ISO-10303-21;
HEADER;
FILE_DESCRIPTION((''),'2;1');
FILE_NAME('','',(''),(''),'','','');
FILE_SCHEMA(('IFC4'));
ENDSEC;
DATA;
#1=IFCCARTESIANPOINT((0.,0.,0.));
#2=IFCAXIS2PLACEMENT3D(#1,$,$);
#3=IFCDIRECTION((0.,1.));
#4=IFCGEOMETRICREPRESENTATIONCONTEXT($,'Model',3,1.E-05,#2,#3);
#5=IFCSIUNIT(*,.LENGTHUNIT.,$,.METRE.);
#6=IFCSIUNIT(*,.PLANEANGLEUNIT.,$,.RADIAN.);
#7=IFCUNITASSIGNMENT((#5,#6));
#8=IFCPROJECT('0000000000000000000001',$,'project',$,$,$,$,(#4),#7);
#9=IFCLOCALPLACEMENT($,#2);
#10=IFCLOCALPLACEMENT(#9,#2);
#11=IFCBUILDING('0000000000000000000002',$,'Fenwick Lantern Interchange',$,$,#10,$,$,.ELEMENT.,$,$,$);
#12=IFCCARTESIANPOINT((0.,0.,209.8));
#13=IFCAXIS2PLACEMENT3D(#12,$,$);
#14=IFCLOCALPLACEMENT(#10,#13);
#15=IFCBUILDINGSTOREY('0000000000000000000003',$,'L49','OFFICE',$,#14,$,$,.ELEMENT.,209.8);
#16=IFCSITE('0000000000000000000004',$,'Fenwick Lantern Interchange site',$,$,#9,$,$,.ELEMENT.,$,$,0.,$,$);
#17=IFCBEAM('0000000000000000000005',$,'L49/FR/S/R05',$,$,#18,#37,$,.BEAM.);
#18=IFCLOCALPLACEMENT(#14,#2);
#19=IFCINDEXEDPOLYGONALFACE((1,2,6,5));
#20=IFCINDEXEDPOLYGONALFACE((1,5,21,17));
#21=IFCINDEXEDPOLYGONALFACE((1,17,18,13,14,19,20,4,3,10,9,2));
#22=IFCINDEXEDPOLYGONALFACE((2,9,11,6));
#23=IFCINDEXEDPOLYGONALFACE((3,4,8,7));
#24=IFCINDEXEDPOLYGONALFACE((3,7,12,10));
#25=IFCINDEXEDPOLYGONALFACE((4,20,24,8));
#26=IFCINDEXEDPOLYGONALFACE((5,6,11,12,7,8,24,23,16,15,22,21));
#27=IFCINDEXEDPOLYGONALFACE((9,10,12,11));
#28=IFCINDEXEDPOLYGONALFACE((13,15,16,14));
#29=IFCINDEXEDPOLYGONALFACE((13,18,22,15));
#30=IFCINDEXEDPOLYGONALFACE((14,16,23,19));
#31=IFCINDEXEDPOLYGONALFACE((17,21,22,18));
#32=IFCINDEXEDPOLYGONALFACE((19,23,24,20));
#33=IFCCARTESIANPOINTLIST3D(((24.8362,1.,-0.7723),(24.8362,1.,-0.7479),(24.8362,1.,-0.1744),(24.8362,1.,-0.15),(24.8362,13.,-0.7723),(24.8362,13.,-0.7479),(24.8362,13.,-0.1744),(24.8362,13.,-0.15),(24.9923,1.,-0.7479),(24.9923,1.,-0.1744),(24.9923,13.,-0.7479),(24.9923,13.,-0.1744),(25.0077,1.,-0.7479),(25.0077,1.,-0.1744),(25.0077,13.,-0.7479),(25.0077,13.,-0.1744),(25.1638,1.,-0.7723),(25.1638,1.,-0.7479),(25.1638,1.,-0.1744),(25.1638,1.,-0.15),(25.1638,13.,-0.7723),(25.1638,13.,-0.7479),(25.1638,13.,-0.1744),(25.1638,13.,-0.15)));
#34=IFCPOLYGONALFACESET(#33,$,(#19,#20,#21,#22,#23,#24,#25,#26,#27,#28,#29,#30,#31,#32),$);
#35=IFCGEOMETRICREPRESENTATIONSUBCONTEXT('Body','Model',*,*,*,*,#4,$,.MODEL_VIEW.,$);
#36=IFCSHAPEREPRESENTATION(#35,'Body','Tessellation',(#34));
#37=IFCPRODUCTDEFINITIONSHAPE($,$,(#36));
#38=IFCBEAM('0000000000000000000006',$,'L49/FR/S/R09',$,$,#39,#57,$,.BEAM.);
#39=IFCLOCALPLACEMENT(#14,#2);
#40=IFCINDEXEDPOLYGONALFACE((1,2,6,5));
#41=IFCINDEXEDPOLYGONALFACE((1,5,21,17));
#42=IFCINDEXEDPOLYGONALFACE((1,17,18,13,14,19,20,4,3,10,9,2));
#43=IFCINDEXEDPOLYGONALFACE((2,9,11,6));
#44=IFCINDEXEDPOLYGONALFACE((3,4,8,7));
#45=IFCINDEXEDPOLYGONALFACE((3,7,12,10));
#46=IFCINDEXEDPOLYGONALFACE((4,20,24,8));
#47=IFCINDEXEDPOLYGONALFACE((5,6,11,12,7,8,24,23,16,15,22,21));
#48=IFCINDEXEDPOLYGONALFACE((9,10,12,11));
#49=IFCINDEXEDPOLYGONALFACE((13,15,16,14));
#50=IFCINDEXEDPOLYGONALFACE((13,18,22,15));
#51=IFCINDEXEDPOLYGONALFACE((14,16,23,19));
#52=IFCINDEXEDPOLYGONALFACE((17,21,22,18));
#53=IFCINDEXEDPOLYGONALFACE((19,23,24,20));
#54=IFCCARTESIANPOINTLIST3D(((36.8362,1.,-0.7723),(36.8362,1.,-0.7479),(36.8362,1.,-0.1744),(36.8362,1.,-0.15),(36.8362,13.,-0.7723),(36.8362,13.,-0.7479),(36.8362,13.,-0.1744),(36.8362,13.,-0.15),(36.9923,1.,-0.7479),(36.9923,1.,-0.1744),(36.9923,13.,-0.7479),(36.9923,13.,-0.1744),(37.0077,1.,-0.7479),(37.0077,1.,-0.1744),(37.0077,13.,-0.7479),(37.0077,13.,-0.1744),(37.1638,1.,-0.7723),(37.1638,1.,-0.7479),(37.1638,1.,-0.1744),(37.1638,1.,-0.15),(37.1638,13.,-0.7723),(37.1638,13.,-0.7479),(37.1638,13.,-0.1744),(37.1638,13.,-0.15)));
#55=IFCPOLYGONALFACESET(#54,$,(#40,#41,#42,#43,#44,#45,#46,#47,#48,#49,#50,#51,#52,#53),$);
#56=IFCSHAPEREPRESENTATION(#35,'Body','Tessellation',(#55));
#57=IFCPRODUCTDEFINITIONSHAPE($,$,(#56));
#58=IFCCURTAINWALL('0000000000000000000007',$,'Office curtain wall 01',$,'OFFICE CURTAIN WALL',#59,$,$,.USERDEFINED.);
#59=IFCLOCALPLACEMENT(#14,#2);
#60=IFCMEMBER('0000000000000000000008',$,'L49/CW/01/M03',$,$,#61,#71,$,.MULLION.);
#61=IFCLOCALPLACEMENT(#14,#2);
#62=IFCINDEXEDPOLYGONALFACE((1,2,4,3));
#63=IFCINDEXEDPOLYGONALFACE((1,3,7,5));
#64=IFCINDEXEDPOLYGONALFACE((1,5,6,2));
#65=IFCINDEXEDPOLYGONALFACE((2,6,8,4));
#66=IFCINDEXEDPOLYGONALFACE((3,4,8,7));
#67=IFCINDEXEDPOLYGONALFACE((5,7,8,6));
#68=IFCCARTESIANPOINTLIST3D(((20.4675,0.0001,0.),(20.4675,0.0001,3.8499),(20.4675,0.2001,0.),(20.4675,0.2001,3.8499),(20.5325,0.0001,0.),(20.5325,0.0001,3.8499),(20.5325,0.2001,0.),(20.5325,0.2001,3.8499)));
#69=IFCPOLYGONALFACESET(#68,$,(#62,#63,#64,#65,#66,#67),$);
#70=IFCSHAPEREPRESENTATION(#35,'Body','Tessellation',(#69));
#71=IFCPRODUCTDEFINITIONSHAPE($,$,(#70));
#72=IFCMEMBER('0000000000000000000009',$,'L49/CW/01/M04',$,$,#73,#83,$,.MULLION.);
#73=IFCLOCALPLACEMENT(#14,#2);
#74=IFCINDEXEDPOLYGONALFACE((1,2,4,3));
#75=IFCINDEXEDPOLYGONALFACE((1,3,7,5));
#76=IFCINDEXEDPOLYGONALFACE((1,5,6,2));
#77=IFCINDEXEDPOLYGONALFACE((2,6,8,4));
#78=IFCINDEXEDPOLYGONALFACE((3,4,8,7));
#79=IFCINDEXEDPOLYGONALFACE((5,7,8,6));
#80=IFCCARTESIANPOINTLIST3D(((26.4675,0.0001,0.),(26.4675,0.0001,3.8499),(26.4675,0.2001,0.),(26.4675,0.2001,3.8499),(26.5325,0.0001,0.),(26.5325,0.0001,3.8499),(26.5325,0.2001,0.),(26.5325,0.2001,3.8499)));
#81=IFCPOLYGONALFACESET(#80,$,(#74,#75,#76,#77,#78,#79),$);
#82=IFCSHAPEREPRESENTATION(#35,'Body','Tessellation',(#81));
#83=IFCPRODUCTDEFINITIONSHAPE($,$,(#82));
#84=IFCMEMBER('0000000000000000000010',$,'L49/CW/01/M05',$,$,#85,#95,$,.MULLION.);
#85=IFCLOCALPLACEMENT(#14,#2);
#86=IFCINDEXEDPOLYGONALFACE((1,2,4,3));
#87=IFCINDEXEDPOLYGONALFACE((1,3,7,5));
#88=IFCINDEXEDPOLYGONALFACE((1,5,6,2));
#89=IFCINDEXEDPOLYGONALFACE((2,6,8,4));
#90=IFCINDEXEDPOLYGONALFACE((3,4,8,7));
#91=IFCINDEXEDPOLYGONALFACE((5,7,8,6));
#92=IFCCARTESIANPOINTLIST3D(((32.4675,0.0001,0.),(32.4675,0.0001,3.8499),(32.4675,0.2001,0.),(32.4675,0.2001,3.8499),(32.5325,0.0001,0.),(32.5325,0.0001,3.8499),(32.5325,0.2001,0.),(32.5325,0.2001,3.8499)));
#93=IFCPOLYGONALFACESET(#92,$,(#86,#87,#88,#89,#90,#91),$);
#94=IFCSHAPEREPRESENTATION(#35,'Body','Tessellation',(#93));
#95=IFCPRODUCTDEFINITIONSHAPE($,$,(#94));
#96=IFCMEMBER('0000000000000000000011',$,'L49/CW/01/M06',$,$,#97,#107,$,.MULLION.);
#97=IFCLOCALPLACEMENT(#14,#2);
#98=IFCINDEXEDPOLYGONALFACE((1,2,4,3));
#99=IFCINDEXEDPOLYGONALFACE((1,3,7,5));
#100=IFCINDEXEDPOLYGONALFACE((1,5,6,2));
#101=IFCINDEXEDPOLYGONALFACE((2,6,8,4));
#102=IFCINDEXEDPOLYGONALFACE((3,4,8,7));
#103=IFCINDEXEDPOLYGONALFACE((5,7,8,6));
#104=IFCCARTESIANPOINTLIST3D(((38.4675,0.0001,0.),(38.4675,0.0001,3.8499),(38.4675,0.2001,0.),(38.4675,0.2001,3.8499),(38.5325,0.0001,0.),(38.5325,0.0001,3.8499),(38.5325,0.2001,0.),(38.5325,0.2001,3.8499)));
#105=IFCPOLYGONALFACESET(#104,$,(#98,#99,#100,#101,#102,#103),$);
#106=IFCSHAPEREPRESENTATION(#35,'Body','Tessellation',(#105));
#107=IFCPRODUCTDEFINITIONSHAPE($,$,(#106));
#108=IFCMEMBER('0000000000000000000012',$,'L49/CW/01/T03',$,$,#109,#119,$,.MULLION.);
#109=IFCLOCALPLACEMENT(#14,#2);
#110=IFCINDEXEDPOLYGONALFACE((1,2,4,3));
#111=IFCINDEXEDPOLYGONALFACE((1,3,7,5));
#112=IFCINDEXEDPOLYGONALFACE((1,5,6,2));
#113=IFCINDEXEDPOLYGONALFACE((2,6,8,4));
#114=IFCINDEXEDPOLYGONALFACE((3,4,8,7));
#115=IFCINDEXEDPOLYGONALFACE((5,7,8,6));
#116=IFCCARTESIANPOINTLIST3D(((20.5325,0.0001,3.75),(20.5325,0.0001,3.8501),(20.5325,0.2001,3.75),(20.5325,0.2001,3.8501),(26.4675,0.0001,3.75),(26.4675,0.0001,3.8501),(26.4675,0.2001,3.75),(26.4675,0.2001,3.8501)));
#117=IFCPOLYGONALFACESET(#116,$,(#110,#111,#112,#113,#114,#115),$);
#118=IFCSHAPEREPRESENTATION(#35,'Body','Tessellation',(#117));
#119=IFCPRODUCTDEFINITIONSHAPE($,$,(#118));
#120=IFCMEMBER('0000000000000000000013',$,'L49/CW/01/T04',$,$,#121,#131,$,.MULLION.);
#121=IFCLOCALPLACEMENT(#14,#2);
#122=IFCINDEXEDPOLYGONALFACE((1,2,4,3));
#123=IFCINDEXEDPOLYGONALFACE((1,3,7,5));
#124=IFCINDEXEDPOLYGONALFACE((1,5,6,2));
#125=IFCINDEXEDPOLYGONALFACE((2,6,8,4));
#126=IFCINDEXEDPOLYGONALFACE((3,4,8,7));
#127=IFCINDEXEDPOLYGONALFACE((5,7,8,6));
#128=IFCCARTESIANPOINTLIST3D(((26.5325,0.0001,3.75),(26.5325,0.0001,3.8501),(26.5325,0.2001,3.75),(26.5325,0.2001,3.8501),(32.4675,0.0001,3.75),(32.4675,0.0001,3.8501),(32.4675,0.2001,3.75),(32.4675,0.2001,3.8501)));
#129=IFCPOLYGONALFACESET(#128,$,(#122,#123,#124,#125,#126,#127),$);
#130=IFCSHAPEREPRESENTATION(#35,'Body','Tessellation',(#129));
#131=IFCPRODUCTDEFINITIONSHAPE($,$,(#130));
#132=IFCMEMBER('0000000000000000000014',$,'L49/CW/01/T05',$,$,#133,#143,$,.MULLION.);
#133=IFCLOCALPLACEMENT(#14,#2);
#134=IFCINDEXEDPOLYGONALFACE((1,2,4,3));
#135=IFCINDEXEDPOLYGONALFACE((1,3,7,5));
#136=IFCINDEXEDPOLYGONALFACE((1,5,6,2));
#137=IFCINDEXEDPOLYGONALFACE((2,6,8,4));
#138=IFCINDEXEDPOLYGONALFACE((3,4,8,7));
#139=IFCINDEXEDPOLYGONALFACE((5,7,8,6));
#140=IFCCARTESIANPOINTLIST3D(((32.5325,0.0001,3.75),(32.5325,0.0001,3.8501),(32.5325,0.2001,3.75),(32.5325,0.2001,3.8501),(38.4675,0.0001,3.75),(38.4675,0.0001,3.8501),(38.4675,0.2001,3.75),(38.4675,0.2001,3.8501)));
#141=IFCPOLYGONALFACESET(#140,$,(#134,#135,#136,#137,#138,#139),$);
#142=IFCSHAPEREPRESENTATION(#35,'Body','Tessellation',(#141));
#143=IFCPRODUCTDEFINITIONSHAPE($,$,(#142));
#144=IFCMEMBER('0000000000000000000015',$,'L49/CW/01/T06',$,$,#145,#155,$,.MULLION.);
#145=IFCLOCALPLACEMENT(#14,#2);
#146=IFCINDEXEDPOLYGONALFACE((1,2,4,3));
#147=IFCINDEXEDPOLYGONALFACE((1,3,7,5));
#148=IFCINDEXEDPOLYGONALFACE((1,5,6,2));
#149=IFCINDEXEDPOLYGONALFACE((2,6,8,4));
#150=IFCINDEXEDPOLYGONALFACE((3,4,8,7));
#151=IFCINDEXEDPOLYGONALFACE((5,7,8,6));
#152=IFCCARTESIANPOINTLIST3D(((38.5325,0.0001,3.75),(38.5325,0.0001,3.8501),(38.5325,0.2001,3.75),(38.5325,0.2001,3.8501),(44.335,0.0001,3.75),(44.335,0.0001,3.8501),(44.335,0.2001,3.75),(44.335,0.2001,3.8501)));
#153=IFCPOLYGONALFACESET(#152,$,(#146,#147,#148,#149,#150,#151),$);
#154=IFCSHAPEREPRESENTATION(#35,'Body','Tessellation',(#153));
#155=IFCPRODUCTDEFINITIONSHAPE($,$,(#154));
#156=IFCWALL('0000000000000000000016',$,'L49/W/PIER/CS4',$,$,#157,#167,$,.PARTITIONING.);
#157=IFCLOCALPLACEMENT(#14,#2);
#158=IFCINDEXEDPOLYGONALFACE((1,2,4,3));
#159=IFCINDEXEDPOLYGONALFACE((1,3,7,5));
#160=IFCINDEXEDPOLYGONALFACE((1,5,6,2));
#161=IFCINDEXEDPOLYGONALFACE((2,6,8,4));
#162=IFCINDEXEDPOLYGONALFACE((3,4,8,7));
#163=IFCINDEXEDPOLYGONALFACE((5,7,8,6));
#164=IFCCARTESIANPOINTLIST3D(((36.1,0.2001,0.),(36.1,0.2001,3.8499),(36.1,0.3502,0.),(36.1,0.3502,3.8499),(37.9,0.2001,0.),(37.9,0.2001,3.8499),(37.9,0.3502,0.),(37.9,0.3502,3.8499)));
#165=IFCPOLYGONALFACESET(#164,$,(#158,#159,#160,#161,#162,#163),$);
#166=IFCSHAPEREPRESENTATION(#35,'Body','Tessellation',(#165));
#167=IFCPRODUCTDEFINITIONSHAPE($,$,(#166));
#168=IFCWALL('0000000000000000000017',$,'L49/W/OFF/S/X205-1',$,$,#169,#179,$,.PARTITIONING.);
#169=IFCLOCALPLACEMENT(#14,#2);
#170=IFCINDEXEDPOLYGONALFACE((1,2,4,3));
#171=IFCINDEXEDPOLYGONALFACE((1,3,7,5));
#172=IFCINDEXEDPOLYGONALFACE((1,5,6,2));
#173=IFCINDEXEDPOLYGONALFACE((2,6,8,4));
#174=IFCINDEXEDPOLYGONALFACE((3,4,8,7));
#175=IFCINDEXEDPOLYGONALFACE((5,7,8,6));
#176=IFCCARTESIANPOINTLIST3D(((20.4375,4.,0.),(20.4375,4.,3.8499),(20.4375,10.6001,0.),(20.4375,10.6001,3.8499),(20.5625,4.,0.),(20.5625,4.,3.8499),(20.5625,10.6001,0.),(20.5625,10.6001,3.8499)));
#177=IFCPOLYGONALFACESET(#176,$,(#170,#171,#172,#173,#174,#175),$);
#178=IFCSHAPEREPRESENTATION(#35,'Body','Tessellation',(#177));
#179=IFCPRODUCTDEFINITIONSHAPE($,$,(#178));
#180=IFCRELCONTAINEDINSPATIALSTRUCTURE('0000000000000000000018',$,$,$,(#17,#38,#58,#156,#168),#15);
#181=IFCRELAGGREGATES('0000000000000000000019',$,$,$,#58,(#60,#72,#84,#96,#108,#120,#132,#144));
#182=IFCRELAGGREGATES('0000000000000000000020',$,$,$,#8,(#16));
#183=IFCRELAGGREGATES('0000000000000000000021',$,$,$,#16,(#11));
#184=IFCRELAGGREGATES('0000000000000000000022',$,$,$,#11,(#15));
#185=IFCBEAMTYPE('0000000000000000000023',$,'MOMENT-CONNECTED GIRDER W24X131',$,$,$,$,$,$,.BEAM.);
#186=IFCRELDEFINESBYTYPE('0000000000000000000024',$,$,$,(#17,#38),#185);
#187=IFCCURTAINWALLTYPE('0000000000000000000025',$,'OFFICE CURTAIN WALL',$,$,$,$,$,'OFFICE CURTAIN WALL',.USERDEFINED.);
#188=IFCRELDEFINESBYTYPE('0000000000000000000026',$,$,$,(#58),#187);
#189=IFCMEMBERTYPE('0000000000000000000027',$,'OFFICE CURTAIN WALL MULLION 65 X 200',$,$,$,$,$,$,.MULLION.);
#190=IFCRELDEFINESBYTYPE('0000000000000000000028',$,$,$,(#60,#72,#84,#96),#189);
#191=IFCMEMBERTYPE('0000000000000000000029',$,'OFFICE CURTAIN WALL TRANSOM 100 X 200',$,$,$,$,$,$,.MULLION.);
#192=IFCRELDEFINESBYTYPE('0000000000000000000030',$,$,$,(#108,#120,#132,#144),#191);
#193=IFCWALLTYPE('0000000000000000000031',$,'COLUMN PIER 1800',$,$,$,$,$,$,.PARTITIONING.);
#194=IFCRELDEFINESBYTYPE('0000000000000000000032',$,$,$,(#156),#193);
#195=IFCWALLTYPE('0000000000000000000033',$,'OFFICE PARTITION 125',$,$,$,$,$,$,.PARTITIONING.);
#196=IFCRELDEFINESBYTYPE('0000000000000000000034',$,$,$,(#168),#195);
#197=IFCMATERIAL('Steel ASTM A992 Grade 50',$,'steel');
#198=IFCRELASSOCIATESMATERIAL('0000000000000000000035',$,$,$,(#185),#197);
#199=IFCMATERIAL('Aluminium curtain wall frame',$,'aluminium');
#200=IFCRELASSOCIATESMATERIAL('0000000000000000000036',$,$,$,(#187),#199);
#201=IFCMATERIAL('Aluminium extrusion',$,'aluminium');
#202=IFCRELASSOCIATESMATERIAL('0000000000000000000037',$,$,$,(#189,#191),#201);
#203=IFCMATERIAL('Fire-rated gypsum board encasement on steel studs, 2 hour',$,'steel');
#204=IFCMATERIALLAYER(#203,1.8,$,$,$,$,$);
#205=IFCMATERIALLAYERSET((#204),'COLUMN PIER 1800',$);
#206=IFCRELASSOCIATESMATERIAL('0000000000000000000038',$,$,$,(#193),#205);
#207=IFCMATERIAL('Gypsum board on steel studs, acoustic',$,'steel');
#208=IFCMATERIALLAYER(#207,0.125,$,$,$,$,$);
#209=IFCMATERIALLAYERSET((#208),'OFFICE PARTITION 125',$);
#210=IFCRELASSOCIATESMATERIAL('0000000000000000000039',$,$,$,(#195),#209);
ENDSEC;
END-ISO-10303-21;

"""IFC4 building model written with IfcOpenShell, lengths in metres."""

from ifc_helpers import new_model, si_unit, direction, frame, frame_2d, origin, origin_2d, place, context, subcontext, project, spatial, rectangle, i_section, extrude, material, layer, layer_set, material_profile, profile_set, type_object, element, aggregate, save


model = new_model("IFC4")

# Units and contexts
model_context = context("Model", 3, precision=1e-05, world=origin(), true_north=direction((0.0, 1.0)))
body_context = subcontext(model_context, "Body", "Model", "MODEL_VIEW")
ifc_project = project(units=[si_unit("LENGTHUNIT", "METRE"), si_unit("PLANEANGLEUNIT", "RADIAN")], contexts=[model_context])

# Site, building, storey
site_placement = place(None, origin())
site = spatial("IfcSite", under=ifc_project, at=site_placement, Name="Fenwick Lantern Interchange site", CompositionType="ELEMENT", RefElevation=0.0)
building_placement = place(site_placement, origin())
building = spatial("IfcBuilding", under=site, at=building_placement, Name="Fenwick Lantern Interchange", CompositionType="ELEMENT")
storey_placement = place(building_placement, frame((0.0, 0.0, 209.8)))
storey = spatial("IfcBuildingStorey", under=building, at=storey_placement, Name="L49", Description="OFFICE", CompositionType="ELEMENT", Elevation=209.8)

# Beams
ifc_material_1 = material(Name="Steel ASTM A992 Grade 50", Category="steel")
ifc_material_profile_1 = material_profile(ifc_material_1, i_section(OverallWidth=0.3276, OverallDepth=0.6223, WebThickness=0.0154, FlangeThickness=0.0244, at=origin_2d()), Name="W24X131")
ifc_profile_set_1 = profile_set([ifc_material_profile_1], Name="Steel ASTM A992 Grade 50")
beam_type_1 = type_object("IfcBeamType", Name="MOMENT-CONNECTED GIRDER W24X131", PredefinedType="BEAM", material=ifc_profile_set_1)
for number, where, z_axis, x_axis, name in (
    (1, (25.0, 1.0, -0.4612), (0.0, 1.0, 0.0), (-1.0, 0.0, 0.0), "L49/FR/S/R05"),
    (2, (37.0, 1.0, -0.4612), (0.0, 1.0, 0.0), (-1.0, 0.0, 0.0), "L49/FR/S/R09"),
):
    element("IfcBeam", number, at=place(storey_placement, frame(where, z_axis=z_axis, x_axis=x_axis)), inside=storey, type_object=beam_type_1, Name=name, PredefinedType="BEAM", context=body_context, shape_type="SweptSolid", body=[
        extrude(i_section(OverallWidth=0.3276, OverallDepth=0.6223, WebThickness=0.0154, FlangeThickness=0.0244, at=origin_2d()), origin(), (0.0, 0.0, 1.0), 12.0),
    ])

# Curtain wall, members
ifc_material_2 = material(Name="Aluminium curtain wall frame", Category="aluminium")
curtain_wall_type = type_object("IfcCurtainWallType", Name="OFFICE CURTAIN WALL", ElementType="OFFICE CURTAIN WALL", PredefinedType="USERDEFINED", material=ifc_material_2)
curtain_wall_placement = place(storey_placement, origin())
curtain_wall = element("IfcCurtainWall", 3, at=curtain_wall_placement, inside=storey, type_object=curtain_wall_type, Name="Office curtain wall 01", ObjectType="OFFICE CURTAIN WALL", PredefinedType="USERDEFINED")
ifc_material_3 = material(Name="Aluminium extrusion", Category="aluminium")
ifc_material_profile_2 = material_profile(ifc_material_3, rectangle(XDim=0.2, YDim=0.0649, at=origin_2d()), Name="OFFICE CURTAIN WALL MULLION 65 X 200")
ifc_profile_set_2 = profile_set([ifc_material_profile_2], Name="Aluminium extrusion")
member_type_1 = type_object("IfcMemberType", Name="OFFICE CURTAIN WALL MULLION 65 X 200", PredefinedType="MULLION", material=ifc_profile_set_2)
member_1_placement = place(storey_placement, frame((20.5, 0.1001, 0.0), z_axis=(0.0, 0.0, 1.0), x_axis=(0.0, 1.0, 0.0)))
member_1 = element("IfcMember", 4, at=member_1_placement, type_object=member_type_1, Name="L49/CW/01/M03", PredefinedType="MULLION", context=body_context, shape_type="SweptSolid", body=[
    extrude(rectangle(XDim=0.2, YDim=0.0649, at=origin_2d()), origin(), (0.0, 0.0, 1.0), 3.8499),
])
member_2_placement = place(storey_placement, frame((26.5, 0.1001, 0.0), z_axis=(0.0, 0.0, 1.0), x_axis=(0.0, 1.0, 0.0)))
member_2 = element("IfcMember", 5, at=member_2_placement, type_object=member_type_1, Name="L49/CW/01/M04", PredefinedType="MULLION", context=body_context, shape_type="SweptSolid", body=[
    extrude(rectangle(XDim=0.2, YDim=0.0649, at=origin_2d()), origin(), (0.0, 0.0, 1.0), 3.8499),
])
member_3_placement = place(storey_placement, frame((32.5, 0.1001, 0.0), z_axis=(0.0, 0.0, 1.0), x_axis=(0.0, 1.0, 0.0)))
member_3 = element("IfcMember", 6, at=member_3_placement, type_object=member_type_1, Name="L49/CW/01/M05", PredefinedType="MULLION", context=body_context, shape_type="SweptSolid", body=[
    extrude(rectangle(XDim=0.2, YDim=0.0649, at=origin_2d()), origin(), (0.0, 0.0, 1.0), 3.8499),
])
member_4_placement = place(storey_placement, frame((38.5, 0.1001, 0.0), z_axis=(0.0, 0.0, 1.0), x_axis=(0.0, 1.0, 0.0)))
member_4 = element("IfcMember", 7, at=member_4_placement, type_object=member_type_1, Name="L49/CW/01/M06", PredefinedType="MULLION", context=body_context, shape_type="SweptSolid", body=[
    extrude(rectangle(XDim=0.2, YDim=0.0649, at=origin_2d()), origin(), (0.0, 0.0, 1.0), 3.8499),
])
ifc_material_profile_3 = material_profile(ifc_material_3, rectangle(XDim=0.2, YDim=0.1001, at=origin_2d()), Name="OFFICE CURTAIN WALL TRANSOM 100 X 200")
ifc_profile_set_3 = profile_set([ifc_material_profile_3], Name="Aluminium extrusion")
member_type_2 = type_object("IfcMemberType", Name="OFFICE CURTAIN WALL TRANSOM 100 X 200", PredefinedType="MULLION", material=ifc_profile_set_3)
member_5_placement = place(storey_placement, frame((20.5325, 0.1001, 3.8), z_axis=(1.0, 0.0, 0.0), x_axis=(0.0, 1.0, 0.0)))
member_5 = element("IfcMember", 8, at=member_5_placement, type_object=member_type_2, Name="L49/CW/01/T03", PredefinedType="MULLION", context=body_context, shape_type="SweptSolid", body=[
    extrude(rectangle(XDim=0.2, YDim=0.1001, at=origin_2d()), origin(), (0.0, 0.0, 1.0), 5.9351),
])
member_6_placement = place(storey_placement, frame((26.5325, 0.1001, 3.8), z_axis=(1.0, 0.0, 0.0), x_axis=(0.0, 1.0, 0.0)))
member_6 = element("IfcMember", 9, at=member_6_placement, type_object=member_type_2, Name="L49/CW/01/T04", PredefinedType="MULLION", context=body_context, shape_type="SweptSolid", body=[
    extrude(rectangle(XDim=0.2, YDim=0.1001, at=origin_2d()), origin(), (0.0, 0.0, 1.0), 5.9351),
])
member_7_placement = place(storey_placement, frame((32.5325, 0.1001, 3.8), z_axis=(1.0, 0.0, 0.0), x_axis=(0.0, 1.0, 0.0)))
member_7 = element("IfcMember", 10, at=member_7_placement, type_object=member_type_2, Name="L49/CW/01/T05", PredefinedType="MULLION", context=body_context, shape_type="SweptSolid", body=[
    extrude(rectangle(XDim=0.2, YDim=0.1001, at=origin_2d()), origin(), (0.0, 0.0, 1.0), 5.9351),
])
member_8_placement = place(storey_placement, frame((38.5325, 0.1001, 3.8), z_axis=(1.0, 0.0, 0.0), x_axis=(0.0, 1.0, 0.0)))
member_8 = element("IfcMember", 11, at=member_8_placement, type_object=member_type_2, Name="L49/CW/01/T06", PredefinedType="MULLION", context=body_context, shape_type="SweptSolid", body=[
    extrude(rectangle(XDim=0.2, YDim=0.1001, at=origin_2d()), origin(), (0.0, 0.0, 1.0), 5.8025),
])
aggregate(curtain_wall, [member_1, member_2, member_3, member_4, member_5, member_6, member_7, member_8])

# Walls
ifc_material_4 = material(Name="Fire-rated gypsum board encasement on steel studs, 2 hour", Category="steel")
ifc_layer_1 = layer(ifc_material_4, 1.8)
ifc_layer_set_1 = layer_set([ifc_layer_1], Name="COLUMN PIER 1800")
wall_type_1 = type_object("IfcWallType", Name="COLUMN PIER 1800", PredefinedType="PARTITIONING", material=ifc_layer_set_1)
wall_1_placement = place(storey_placement, frame((37.0, 0.2, 0.0), z_axis=(0.0, 0.0, 1.0), x_axis=(0.0, 1.0, 0.0)))
element("IfcWall", 12, at=wall_1_placement, inside=storey, type_object=wall_type_1, Name="L49/W/PIER/CS4", PredefinedType="PARTITIONING", context=body_context, shape_type="SweptSolid", body=[
    extrude(rectangle(XDim=0.1501, YDim=1.8, at=frame_2d((0.0752, 0.0))), origin(), (0.0, 0.0, 1.0), 3.8499),
])
ifc_material_5 = material(Name="Gypsum board on steel studs, acoustic", Category="steel")
ifc_layer_2 = layer(ifc_material_5, 0.125)
ifc_layer_set_2 = layer_set([ifc_layer_2], Name="OFFICE PARTITION 125")
wall_type_2 = type_object("IfcWallType", Name="OFFICE PARTITION 125", PredefinedType="PARTITIONING", material=ifc_layer_set_2)
wall_2_placement = place(storey_placement, frame((20.5, 4.0, 0.0), z_axis=(0.0, 0.0, 1.0), x_axis=(0.0, 1.0, 0.0)))
element("IfcWall", 13, at=wall_2_placement, inside=storey, type_object=wall_type_2, Name="L49/W/OFF/S/X205-1", PredefinedType="PARTITIONING", context=body_context, shape_type="SweptSolid", body=[
    extrude(rectangle(XDim=6.6001, YDim=0.125, at=frame_2d((3.3, 0.0))), origin(), (0.0, 0.0, 1.0), 3.8499),
])

save(model, "model.ifc")
